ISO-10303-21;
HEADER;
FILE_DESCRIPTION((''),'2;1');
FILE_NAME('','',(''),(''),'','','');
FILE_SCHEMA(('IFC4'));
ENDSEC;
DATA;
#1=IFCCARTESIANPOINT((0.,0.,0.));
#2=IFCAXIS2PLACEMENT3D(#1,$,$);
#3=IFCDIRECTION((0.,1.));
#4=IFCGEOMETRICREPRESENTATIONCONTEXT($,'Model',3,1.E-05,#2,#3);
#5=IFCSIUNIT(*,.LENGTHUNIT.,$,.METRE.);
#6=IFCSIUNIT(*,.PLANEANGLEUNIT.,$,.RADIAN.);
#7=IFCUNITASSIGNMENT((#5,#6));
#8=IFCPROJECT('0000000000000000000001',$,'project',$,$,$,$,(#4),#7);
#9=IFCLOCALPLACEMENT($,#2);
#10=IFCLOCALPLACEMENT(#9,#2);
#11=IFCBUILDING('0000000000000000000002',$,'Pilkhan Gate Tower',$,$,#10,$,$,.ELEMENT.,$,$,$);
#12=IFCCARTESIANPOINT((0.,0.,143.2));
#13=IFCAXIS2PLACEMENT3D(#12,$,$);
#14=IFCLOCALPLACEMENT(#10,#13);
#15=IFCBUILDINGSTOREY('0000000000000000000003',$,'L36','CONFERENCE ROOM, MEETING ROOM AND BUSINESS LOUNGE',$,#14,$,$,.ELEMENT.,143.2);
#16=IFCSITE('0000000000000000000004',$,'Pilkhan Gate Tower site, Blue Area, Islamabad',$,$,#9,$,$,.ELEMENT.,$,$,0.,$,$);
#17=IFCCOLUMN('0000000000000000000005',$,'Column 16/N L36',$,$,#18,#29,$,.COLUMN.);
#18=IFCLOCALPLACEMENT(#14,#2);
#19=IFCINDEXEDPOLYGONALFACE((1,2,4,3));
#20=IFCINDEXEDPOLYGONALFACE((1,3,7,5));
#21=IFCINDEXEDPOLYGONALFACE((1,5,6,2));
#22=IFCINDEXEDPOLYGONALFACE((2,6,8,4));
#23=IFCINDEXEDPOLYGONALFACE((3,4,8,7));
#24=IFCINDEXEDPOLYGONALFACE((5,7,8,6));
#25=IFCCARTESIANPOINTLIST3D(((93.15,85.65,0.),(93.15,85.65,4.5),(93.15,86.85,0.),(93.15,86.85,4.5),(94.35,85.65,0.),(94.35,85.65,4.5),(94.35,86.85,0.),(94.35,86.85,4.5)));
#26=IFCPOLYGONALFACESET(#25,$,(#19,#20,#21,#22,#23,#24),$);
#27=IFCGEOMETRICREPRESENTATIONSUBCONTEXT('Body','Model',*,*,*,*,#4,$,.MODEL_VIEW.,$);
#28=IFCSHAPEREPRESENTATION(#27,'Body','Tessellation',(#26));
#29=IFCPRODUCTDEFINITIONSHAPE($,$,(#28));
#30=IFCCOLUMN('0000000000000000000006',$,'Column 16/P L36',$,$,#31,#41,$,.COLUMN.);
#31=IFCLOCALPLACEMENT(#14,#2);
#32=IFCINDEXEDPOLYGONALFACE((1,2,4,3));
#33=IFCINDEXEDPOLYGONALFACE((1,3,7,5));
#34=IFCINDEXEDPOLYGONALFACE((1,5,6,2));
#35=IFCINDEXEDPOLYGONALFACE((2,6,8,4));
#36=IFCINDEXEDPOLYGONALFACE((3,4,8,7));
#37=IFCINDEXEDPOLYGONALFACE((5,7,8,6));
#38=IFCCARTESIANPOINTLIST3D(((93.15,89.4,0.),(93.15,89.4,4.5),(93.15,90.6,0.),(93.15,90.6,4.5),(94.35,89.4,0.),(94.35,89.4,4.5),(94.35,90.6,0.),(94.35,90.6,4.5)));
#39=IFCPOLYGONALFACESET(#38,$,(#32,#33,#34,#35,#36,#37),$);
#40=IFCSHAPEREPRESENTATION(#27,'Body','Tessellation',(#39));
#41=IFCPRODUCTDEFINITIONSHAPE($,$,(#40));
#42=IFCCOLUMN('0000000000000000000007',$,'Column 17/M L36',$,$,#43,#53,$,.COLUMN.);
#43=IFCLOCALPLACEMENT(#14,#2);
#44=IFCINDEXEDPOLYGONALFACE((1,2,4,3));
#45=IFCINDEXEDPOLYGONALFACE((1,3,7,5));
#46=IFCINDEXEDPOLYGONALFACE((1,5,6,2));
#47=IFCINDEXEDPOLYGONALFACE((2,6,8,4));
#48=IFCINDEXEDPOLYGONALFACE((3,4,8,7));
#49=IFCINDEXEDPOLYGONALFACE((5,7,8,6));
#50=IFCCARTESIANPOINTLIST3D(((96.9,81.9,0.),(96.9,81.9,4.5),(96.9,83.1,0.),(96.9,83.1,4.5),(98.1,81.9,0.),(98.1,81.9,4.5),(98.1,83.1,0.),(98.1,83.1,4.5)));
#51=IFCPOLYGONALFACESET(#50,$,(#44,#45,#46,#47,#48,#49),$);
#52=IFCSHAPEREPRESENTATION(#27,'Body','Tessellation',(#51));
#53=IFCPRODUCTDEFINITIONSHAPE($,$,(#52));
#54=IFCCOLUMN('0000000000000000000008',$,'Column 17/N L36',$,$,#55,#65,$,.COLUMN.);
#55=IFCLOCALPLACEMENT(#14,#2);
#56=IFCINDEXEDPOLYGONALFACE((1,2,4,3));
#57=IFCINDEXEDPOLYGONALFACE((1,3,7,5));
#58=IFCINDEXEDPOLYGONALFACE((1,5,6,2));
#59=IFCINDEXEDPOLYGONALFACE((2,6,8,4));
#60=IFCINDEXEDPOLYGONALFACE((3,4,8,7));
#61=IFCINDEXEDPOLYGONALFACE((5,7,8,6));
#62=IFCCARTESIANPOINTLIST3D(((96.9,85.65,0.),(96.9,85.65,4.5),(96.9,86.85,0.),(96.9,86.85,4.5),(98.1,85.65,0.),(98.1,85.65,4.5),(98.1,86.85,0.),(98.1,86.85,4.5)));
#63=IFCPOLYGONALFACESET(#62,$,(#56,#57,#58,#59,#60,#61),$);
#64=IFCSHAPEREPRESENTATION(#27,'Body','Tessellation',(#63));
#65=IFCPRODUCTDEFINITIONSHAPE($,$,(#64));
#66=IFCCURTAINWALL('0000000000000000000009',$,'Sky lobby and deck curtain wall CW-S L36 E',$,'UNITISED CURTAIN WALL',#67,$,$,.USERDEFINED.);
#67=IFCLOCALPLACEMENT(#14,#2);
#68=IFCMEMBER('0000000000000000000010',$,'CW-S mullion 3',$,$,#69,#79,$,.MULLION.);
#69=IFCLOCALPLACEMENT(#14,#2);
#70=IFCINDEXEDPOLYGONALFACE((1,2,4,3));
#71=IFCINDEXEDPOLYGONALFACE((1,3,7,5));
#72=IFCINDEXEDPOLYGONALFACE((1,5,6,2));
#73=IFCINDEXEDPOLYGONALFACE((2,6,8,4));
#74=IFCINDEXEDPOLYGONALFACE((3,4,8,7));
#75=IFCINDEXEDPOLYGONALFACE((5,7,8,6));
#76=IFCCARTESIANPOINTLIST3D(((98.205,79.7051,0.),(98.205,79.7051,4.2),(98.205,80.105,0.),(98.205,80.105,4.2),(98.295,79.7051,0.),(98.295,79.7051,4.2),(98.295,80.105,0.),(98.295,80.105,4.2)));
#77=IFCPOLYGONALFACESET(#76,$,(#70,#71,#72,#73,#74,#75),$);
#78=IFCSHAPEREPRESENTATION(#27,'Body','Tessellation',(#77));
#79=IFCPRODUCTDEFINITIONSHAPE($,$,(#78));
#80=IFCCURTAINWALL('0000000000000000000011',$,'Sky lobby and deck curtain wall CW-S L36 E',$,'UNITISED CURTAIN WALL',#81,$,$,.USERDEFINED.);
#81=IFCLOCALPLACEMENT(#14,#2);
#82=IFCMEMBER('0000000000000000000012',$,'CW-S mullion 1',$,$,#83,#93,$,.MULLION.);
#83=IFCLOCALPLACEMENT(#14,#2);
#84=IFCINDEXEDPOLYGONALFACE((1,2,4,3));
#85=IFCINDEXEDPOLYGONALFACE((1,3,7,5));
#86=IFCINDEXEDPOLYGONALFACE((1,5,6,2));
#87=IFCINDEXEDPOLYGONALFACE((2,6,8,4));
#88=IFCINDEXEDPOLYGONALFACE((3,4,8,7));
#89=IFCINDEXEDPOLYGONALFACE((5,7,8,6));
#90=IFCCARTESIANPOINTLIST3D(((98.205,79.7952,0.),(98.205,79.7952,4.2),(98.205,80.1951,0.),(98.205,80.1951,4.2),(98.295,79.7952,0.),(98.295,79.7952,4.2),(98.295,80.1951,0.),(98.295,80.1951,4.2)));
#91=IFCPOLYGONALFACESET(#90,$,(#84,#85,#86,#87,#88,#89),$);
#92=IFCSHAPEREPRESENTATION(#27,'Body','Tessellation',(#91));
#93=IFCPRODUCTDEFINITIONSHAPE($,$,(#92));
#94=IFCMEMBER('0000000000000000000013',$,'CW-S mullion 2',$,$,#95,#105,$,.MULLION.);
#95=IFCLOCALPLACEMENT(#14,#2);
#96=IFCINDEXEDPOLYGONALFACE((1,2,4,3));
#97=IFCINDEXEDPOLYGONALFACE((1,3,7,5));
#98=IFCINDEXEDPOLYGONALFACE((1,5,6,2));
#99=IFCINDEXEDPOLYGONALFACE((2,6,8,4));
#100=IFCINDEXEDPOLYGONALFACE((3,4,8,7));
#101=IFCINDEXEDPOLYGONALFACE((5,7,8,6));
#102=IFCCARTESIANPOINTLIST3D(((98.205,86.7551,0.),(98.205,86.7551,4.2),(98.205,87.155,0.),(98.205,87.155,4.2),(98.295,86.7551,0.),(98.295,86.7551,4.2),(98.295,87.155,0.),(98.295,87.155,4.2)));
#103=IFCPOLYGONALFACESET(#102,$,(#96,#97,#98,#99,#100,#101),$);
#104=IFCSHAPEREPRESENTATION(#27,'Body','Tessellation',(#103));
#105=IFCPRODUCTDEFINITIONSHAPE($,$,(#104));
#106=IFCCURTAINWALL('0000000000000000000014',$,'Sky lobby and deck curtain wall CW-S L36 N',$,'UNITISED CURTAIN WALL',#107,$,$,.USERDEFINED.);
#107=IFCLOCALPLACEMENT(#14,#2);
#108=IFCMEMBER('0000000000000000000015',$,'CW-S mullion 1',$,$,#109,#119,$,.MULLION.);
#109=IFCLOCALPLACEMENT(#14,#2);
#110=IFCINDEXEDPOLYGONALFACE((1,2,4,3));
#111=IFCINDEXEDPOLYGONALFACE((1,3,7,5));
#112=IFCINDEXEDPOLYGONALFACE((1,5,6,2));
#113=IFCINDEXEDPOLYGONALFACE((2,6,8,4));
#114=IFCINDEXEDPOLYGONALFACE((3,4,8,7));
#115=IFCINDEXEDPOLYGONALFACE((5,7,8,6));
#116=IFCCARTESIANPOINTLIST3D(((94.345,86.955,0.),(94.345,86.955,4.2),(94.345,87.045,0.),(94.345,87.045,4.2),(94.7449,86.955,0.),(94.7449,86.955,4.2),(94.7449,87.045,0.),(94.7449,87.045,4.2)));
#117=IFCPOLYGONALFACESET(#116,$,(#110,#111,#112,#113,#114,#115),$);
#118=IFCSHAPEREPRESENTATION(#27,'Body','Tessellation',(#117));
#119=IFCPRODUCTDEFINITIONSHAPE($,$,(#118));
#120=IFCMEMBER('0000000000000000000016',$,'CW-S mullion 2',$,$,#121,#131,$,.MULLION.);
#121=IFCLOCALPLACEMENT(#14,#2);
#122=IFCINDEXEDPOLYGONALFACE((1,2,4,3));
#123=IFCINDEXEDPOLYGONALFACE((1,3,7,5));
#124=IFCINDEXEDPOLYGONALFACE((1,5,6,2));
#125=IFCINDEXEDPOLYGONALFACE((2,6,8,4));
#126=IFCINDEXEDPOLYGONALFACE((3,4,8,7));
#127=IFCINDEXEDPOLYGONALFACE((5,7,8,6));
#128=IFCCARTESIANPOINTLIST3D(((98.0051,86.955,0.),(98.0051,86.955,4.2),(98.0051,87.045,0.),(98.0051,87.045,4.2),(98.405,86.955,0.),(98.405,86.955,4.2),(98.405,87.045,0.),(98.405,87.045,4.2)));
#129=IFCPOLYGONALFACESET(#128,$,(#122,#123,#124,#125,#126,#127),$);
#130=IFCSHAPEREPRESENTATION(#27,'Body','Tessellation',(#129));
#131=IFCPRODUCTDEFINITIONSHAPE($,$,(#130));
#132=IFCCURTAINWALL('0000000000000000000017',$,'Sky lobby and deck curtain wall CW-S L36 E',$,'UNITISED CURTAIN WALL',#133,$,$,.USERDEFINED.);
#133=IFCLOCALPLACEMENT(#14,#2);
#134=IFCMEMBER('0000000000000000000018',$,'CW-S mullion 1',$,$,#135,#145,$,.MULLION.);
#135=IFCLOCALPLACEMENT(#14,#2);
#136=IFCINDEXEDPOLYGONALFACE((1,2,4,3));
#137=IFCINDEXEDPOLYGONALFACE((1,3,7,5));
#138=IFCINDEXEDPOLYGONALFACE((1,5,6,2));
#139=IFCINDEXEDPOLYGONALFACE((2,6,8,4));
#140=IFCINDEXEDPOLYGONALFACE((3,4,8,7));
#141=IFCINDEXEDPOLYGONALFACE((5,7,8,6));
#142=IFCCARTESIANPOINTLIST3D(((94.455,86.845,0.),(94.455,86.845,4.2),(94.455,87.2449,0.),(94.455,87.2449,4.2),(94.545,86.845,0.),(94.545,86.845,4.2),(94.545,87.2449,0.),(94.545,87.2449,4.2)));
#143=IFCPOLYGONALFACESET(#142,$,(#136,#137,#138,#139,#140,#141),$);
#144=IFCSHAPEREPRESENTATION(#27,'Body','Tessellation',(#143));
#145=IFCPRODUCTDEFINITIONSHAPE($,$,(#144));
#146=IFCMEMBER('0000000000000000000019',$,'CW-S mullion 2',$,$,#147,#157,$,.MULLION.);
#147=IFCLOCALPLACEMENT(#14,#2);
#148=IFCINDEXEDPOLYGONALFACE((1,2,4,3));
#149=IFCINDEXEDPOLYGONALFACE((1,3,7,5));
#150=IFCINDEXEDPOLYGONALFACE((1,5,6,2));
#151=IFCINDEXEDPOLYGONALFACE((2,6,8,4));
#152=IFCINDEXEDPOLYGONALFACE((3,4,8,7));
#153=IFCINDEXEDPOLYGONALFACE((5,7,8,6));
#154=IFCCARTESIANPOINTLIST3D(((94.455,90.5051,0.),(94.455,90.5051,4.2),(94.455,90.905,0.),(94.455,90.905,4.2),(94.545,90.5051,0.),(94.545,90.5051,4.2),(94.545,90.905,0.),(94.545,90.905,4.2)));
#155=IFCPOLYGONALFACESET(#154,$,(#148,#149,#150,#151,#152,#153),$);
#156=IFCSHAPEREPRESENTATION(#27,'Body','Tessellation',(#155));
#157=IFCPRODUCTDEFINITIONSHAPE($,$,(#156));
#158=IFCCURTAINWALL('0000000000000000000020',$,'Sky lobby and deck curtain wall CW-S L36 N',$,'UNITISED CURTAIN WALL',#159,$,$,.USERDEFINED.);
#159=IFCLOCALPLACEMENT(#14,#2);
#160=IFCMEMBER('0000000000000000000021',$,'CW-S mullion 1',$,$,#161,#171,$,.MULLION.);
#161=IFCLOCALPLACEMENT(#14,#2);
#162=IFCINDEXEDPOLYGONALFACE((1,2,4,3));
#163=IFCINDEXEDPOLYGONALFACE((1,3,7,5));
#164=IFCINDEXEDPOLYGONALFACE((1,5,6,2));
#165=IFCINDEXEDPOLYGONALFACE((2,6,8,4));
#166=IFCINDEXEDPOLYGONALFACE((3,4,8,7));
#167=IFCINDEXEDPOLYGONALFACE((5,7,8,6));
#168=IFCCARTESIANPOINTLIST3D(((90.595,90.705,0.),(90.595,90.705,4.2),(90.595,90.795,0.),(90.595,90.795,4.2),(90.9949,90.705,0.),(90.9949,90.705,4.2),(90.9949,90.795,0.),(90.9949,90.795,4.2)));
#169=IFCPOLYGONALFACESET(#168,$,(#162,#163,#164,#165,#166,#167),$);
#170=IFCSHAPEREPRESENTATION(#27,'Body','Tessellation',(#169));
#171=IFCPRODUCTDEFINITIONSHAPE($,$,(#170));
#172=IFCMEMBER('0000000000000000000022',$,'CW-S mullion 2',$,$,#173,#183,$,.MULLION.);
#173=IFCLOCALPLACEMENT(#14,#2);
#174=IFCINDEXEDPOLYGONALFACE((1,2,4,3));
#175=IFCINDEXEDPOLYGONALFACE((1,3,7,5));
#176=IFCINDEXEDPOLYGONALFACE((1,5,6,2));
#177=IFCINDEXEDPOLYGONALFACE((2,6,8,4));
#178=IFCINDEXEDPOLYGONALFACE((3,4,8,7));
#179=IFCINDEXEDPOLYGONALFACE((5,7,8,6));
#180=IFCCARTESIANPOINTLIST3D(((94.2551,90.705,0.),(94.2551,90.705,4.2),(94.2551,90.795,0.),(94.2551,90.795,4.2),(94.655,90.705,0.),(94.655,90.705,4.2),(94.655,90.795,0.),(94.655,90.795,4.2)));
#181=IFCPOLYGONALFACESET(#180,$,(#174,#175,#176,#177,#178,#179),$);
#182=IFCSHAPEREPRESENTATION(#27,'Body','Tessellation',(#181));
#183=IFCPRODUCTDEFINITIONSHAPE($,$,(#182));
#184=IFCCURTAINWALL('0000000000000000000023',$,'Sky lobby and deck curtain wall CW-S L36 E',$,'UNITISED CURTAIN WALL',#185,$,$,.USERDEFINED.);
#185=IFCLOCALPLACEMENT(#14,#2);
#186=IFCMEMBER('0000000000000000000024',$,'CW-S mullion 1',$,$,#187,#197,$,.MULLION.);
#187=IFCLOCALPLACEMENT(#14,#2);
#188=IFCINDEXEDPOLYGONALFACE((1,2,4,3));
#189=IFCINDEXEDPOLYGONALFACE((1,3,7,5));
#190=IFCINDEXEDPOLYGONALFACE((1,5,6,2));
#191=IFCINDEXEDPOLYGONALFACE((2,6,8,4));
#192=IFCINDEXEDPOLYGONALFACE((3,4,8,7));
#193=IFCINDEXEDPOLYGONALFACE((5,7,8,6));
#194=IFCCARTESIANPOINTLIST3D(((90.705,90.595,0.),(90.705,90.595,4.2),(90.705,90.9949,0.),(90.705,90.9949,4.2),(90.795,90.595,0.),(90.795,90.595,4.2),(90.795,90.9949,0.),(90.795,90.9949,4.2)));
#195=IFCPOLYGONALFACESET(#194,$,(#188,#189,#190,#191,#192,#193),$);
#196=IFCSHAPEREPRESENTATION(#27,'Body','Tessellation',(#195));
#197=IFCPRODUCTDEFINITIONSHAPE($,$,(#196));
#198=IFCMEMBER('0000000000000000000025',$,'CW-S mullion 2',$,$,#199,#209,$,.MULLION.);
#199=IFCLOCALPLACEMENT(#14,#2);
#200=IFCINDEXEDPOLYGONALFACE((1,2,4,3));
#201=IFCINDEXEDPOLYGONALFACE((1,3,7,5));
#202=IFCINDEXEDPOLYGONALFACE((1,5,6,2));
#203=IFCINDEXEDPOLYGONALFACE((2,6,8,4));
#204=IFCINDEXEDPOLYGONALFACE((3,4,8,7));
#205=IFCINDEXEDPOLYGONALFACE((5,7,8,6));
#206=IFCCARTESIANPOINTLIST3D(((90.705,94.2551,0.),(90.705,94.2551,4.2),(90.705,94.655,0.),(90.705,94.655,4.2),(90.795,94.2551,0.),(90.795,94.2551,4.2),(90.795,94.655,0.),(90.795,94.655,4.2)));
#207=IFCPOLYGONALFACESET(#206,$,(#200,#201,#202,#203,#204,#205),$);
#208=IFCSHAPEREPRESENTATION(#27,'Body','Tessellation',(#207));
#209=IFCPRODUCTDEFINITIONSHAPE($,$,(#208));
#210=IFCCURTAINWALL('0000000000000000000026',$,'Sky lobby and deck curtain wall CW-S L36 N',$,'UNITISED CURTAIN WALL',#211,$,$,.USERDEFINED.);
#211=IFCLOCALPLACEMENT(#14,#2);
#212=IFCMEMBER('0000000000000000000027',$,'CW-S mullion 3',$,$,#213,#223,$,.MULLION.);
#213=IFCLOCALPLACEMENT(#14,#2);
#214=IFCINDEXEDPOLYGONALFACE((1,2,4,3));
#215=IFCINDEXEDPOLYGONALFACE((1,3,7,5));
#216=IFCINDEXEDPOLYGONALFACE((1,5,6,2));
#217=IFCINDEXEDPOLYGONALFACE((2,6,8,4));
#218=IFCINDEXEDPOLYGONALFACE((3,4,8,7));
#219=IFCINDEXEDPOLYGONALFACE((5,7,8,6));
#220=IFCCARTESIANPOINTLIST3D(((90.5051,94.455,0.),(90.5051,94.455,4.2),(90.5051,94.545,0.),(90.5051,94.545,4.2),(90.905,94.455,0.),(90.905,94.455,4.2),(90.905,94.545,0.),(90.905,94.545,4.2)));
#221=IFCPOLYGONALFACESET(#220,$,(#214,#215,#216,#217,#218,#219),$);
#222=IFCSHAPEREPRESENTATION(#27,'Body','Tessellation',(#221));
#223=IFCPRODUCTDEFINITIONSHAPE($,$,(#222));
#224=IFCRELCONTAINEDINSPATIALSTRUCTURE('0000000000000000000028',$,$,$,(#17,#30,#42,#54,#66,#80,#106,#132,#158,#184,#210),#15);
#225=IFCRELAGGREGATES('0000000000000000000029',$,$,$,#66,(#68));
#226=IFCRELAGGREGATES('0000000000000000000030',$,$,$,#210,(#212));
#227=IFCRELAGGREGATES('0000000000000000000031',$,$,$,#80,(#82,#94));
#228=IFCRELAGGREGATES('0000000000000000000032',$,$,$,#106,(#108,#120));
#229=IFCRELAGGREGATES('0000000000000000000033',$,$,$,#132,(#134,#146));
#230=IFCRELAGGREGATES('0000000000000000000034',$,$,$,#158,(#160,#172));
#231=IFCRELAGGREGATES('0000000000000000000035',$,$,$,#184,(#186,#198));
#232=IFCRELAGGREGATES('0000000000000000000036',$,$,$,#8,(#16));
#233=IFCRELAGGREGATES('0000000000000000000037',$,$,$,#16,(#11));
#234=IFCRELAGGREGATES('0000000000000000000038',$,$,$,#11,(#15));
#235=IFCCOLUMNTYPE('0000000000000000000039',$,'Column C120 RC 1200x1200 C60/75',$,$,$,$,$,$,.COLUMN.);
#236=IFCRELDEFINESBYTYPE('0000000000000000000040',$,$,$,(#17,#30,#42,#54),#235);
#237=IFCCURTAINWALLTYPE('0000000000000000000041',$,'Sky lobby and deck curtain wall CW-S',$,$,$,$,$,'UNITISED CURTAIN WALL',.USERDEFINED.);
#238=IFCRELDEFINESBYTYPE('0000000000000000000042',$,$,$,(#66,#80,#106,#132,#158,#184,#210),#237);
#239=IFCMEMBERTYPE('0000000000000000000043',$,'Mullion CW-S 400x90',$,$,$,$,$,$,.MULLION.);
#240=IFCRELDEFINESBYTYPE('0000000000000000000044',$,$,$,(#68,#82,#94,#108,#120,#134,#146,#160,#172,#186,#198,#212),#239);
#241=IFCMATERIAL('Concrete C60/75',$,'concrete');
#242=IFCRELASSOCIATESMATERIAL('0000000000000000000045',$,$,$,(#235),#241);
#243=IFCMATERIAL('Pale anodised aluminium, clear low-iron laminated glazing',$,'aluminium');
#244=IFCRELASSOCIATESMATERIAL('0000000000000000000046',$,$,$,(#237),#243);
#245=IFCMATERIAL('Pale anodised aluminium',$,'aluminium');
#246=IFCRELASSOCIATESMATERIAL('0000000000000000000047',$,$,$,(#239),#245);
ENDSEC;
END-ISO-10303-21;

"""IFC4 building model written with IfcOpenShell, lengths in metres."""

from ifc_helpers import new_model, si_unit, direction, frame, origin, origin_2d, place, context, subcontext, project, spatial, rectangle, extrude, material, material_profile, profile_set, type_object, element, aggregate, save


model = new_model("IFC4")

# Units and contexts
model_context = context("Model", 3, precision=1e-05, world=origin(), true_north=direction((0.0, 1.0)))
body_context = subcontext(model_context, "Body", "Model", "MODEL_VIEW")
ifc_project = project(units=[si_unit("LENGTHUNIT", "METRE"), si_unit("PLANEANGLEUNIT", "RADIAN")], contexts=[model_context])

# Site, building, storey
site_placement = place(None, origin())
site = spatial("IfcSite", under=ifc_project, at=site_placement, Name="Pilkhan Gate Tower site, Blue Area, Islamabad", CompositionType="ELEMENT", RefElevation=0.0)
building_placement = place(site_placement, origin())
building = spatial("IfcBuilding", under=site, at=building_placement, Name="Pilkhan Gate Tower", CompositionType="ELEMENT")
storey_placement = place(building_placement, frame((0.0, 0.0, 143.2)))
storey = spatial("IfcBuildingStorey", under=building, at=storey_placement, Name="L36", Description="CONFERENCE ROOM, MEETING ROOM AND BUSINESS LOUNGE", CompositionType="ELEMENT", Elevation=143.2)

# Columns
ifc_material_1 = material(Name="Concrete C60/75", Category="concrete")
ifc_material_profile_1 = material_profile(ifc_material_1, rectangle(XDim=1.2, YDim=1.2, at=origin_2d()), Name="RC 1200x1200")
ifc_profile_set_1 = profile_set([ifc_material_profile_1], Name="Concrete C60/75")
column_type = type_object("IfcColumnType", Name="Column C120 RC 1200x1200 C60/75", PredefinedType="COLUMN", material=ifc_profile_set_1)
for number, where, z_axis, x_axis, name in (
    (1, (93.75, 86.25, 0.0), (0.0, 0.0, 1.0), (1.0, 0.0, 0.0), "Column 16/N L36"),
    (2, (93.75, 90.0, 0.0), (0.0, 0.0, 1.0), (1.0, 0.0, 0.0), "Column 16/P L36"),
    (3, (97.5, 82.5, 0.0), (0.0, 0.0, 1.0), (1.0, 0.0, 0.0), "Column 17/M L36"),
    (4, (97.5, 86.25, 0.0), (0.0, 0.0, 1.0), (1.0, 0.0, 0.0), "Column 17/N L36"),
):
    element("IfcColumn", number, at=place(storey_placement, frame(where, z_axis=z_axis, x_axis=x_axis)), inside=storey, type_object=column_type, Name=name, PredefinedType="COLUMN", context=body_context, shape_type="SweptSolid", body=[
        extrude(rectangle(XDim=1.2, YDim=1.2, at=origin_2d()), origin(), (0.0, 0.0, 1.0), 4.5),
    ])

# Curtain wall, member
ifc_material_2 = material(Name="Pale anodised aluminium, clear low-iron laminated glazing", Category="aluminium")
curtain_wall_type = type_object("IfcCurtainWallType", Name="Sky lobby and deck curtain wall CW-S", ElementType="UNITISED CURTAIN WALL", PredefinedType="USERDEFINED", material=ifc_material_2)
curtain_wall_1_placement = place(storey_placement, origin())
curtain_wall_1 = element("IfcCurtainWall", 5, at=curtain_wall_1_placement, inside=storey, type_object=curtain_wall_type, Name="Sky lobby and deck curtain wall CW-S L36 E", ObjectType="UNITISED CURTAIN WALL", PredefinedType="USERDEFINED")
ifc_material_3 = material(Name="Pale anodised aluminium", Category="aluminium")
ifc_material_profile_2 = material_profile(ifc_material_3, rectangle(XDim=0.0901, YDim=0.3999, at=origin_2d()), Name="Mullion 400x90")
ifc_profile_set_2 = profile_set([ifc_material_profile_2], Name="Pale anodised aluminium")
member_type_1 = type_object("IfcMemberType", Name="Mullion CW-S 400x90", PredefinedType="MULLION", material=ifc_profile_set_2)
member_1_placement = place(storey_placement, frame((98.25, 79.905, 0.0), z_axis=(0.0, 0.0, 1.0), x_axis=(-1.0, 0.0, 0.0)))
member_1 = element("IfcMember", 6, at=member_1_placement, type_object=member_type_1, Name="CW-S mullion 3", PredefinedType="MULLION", context=body_context, shape_type="SweptSolid", body=[
    extrude(rectangle(XDim=0.0901, YDim=0.3999, at=origin_2d()), origin(), (0.0, 0.0, 1.0), 4.2),
])
aggregate(curtain_wall_1, [member_1])

# Curtain walls, members
curtain_wall_2_placement = place(storey_placement, origin())
curtain_wall_2 = element("IfcCurtainWall", 7, at=curtain_wall_2_placement, inside=storey, type_object=curtain_wall_type, Name="Sky lobby and deck curtain wall CW-S L36 E", ObjectType="UNITISED CURTAIN WALL", PredefinedType="USERDEFINED")
member_2_placement = place(storey_placement, frame((98.25, 79.9951, 0.0), z_axis=(0.0, 0.0, 1.0), x_axis=(-1.0, 0.0, 0.0)))
member_2 = element("IfcMember", 8, at=member_2_placement, type_object=member_type_1, Name="CW-S mullion 1", PredefinedType="MULLION", context=body_context, shape_type="SweptSolid", body=[
    extrude(rectangle(XDim=0.0901, YDim=0.3999, at=origin_2d()), origin(), (0.0, 0.0, 1.0), 4.2),
])
member_3_placement = place(storey_placement, frame((98.25, 86.9551, 0.0), z_axis=(0.0, 0.0, 1.0), x_axis=(-1.0, 0.0, 0.0)))
member_3 = element("IfcMember", 9, at=member_3_placement, type_object=member_type_1, Name="CW-S mullion 2", PredefinedType="MULLION", context=body_context, shape_type="SweptSolid", body=[
    extrude(rectangle(XDim=0.0901, YDim=0.3999, at=origin_2d()), origin(), (0.0, 0.0, 1.0), 4.2),
])
curtain_wall_3_placement = place(storey_placement, origin())
curtain_wall_3 = element("IfcCurtainWall", 10, at=curtain_wall_3_placement, inside=storey, type_object=curtain_wall_type, Name="Sky lobby and deck curtain wall CW-S L36 N", ObjectType="UNITISED CURTAIN WALL", PredefinedType="USERDEFINED")
member_4_placement = place(storey_placement, frame((94.5449, 87.0, 0.0), z_axis=(0.0, 0.0, 1.0), x_axis=(0.0, 1.0, 0.0)))
member_4 = element("IfcMember", 11, at=member_4_placement, type_object=member_type_1, Name="CW-S mullion 1", PredefinedType="MULLION", context=body_context, shape_type="SweptSolid", body=[
    extrude(rectangle(XDim=0.0901, YDim=0.3999, at=origin_2d()), origin(), (0.0, 0.0, 1.0), 4.2),
])
member_5_placement = place(storey_placement, frame((98.2051, 87.0, 0.0), z_axis=(0.0, 0.0, 1.0), x_axis=(0.0, 1.0, 0.0)))
member_5 = element("IfcMember", 12, at=member_5_placement, type_object=member_type_1, Name="CW-S mullion 2", PredefinedType="MULLION", context=body_context, shape_type="SweptSolid", body=[
    extrude(rectangle(XDim=0.0901, YDim=0.3999, at=origin_2d()), origin(), (0.0, 0.0, 1.0), 4.2),
])
curtain_wall_4_placement = place(storey_placement, origin())
curtain_wall_4 = element("IfcCurtainWall", 13, at=curtain_wall_4_placement, inside=storey, type_object=curtain_wall_type, Name="Sky lobby and deck curtain wall CW-S L36 E", ObjectType="UNITISED CURTAIN WALL", PredefinedType="USERDEFINED")
member_6_placement = place(storey_placement, frame((94.5, 87.0449, 0.0), z_axis=(0.0, 0.0, 1.0), x_axis=(-1.0, 0.0, 0.0)))
member_6 = element("IfcMember", 14, at=member_6_placement, type_object=member_type_1, Name="CW-S mullion 1", PredefinedType="MULLION", context=body_context, shape_type="SweptSolid", body=[
    extrude(rectangle(XDim=0.0901, YDim=0.3999, at=origin_2d()), origin(), (0.0, 0.0, 1.0), 4.2),
])
member_7_placement = place(storey_placement, frame((94.5, 90.7051, 0.0), z_axis=(0.0, 0.0, 1.0), x_axis=(-1.0, 0.0, 0.0)))
member_7 = element("IfcMember", 15, at=member_7_placement, type_object=member_type_1, Name="CW-S mullion 2", PredefinedType="MULLION", context=body_context, shape_type="SweptSolid", body=[
    extrude(rectangle(XDim=0.0901, YDim=0.3999, at=origin_2d()), origin(), (0.0, 0.0, 1.0), 4.2),
])
curtain_wall_5_placement = place(storey_placement, origin())
curtain_wall_5 = element("IfcCurtainWall", 16, at=curtain_wall_5_placement, inside=storey, type_object=curtain_wall_type, Name="Sky lobby and deck curtain wall CW-S L36 N", ObjectType="UNITISED CURTAIN WALL", PredefinedType="USERDEFINED")
member_8_placement = place(storey_placement, frame((90.7949, 90.75, 0.0), z_axis=(0.0, 0.0, 1.0), x_axis=(0.0, 1.0, 0.0)))
member_8 = element("IfcMember", 17, at=member_8_placement, type_object=member_type_1, Name="CW-S mullion 1", PredefinedType="MULLION", context=body_context, shape_type="SweptSolid", body=[
    extrude(rectangle(XDim=0.0901, YDim=0.3999, at=origin_2d()), origin(), (0.0, 0.0, 1.0), 4.2),
])
member_9_placement = place(storey_placement, frame((94.4551, 90.75, 0.0), z_axis=(0.0, 0.0, 1.0), x_axis=(0.0, 1.0, 0.0)))
member_9 = element("IfcMember", 18, at=member_9_placement, type_object=member_type_1, Name="CW-S mullion 2", PredefinedType="MULLION", context=body_context, shape_type="SweptSolid", body=[
    extrude(rectangle(XDim=0.0901, YDim=0.3999, at=origin_2d()), origin(), (0.0, 0.0, 1.0), 4.2),
])
curtain_wall_6_placement = place(storey_placement, origin())
curtain_wall_6 = element("IfcCurtainWall", 19, at=curtain_wall_6_placement, inside=storey, type_object=curtain_wall_type, Name="Sky lobby and deck curtain wall CW-S L36 E", ObjectType="UNITISED CURTAIN WALL", PredefinedType="USERDEFINED")
member_10_placement = place(storey_placement, frame((90.75, 90.7949, 0.0), z_axis=(0.0, 0.0, 1.0), x_axis=(-1.0, 0.0, 0.0)))
member_10 = element("IfcMember", 20, at=member_10_placement, type_object=member_type_1, Name="CW-S mullion 1", PredefinedType="MULLION", context=body_context, shape_type="SweptSolid", body=[
    extrude(rectangle(XDim=0.0901, YDim=0.3999, at=origin_2d()), origin(), (0.0, 0.0, 1.0), 4.2),
])
member_11_placement = place(storey_placement, frame((90.75, 94.4551, 0.0), z_axis=(0.0, 0.0, 1.0), x_axis=(-1.0, 0.0, 0.0)))
member_11 = element("IfcMember", 21, at=member_11_placement, type_object=member_type_1, Name="CW-S mullion 2", PredefinedType="MULLION", context=body_context, shape_type="SweptSolid", body=[
    extrude(rectangle(XDim=0.0901, YDim=0.3999, at=origin_2d()), origin(), (0.0, 0.0, 1.0), 4.2),
])

# Curtain wall, member
curtain_wall_7_placement = place(storey_placement, origin())
curtain_wall_7 = element("IfcCurtainWall", 22, at=curtain_wall_7_placement, inside=storey, type_object=curtain_wall_type, Name="Sky lobby and deck curtain wall CW-S L36 N", ObjectType="UNITISED CURTAIN WALL", PredefinedType="USERDEFINED")
member_12_placement = place(storey_placement, frame((90.7051, 94.5, 0.0), z_axis=(0.0, 0.0, 1.0), x_axis=(0.0, 1.0, 0.0)))
member_12 = element("IfcMember", 23, at=member_12_placement, type_object=member_type_1, Name="CW-S mullion 3", PredefinedType="MULLION", context=body_context, shape_type="SweptSolid", body=[
    extrude(rectangle(XDim=0.0901, YDim=0.3999, at=origin_2d()), origin(), (0.0, 0.0, 1.0), 4.2),
])
aggregate(curtain_wall_7, [member_12])

aggregate(curtain_wall_2, [member_2, member_3])
aggregate(curtain_wall_3, [member_4, member_5])
aggregate(curtain_wall_4, [member_6, member_7])
aggregate(curtain_wall_5, [member_8, member_9])
aggregate(curtain_wall_6, [member_10, member_11])

save(model, "model.ifc")
